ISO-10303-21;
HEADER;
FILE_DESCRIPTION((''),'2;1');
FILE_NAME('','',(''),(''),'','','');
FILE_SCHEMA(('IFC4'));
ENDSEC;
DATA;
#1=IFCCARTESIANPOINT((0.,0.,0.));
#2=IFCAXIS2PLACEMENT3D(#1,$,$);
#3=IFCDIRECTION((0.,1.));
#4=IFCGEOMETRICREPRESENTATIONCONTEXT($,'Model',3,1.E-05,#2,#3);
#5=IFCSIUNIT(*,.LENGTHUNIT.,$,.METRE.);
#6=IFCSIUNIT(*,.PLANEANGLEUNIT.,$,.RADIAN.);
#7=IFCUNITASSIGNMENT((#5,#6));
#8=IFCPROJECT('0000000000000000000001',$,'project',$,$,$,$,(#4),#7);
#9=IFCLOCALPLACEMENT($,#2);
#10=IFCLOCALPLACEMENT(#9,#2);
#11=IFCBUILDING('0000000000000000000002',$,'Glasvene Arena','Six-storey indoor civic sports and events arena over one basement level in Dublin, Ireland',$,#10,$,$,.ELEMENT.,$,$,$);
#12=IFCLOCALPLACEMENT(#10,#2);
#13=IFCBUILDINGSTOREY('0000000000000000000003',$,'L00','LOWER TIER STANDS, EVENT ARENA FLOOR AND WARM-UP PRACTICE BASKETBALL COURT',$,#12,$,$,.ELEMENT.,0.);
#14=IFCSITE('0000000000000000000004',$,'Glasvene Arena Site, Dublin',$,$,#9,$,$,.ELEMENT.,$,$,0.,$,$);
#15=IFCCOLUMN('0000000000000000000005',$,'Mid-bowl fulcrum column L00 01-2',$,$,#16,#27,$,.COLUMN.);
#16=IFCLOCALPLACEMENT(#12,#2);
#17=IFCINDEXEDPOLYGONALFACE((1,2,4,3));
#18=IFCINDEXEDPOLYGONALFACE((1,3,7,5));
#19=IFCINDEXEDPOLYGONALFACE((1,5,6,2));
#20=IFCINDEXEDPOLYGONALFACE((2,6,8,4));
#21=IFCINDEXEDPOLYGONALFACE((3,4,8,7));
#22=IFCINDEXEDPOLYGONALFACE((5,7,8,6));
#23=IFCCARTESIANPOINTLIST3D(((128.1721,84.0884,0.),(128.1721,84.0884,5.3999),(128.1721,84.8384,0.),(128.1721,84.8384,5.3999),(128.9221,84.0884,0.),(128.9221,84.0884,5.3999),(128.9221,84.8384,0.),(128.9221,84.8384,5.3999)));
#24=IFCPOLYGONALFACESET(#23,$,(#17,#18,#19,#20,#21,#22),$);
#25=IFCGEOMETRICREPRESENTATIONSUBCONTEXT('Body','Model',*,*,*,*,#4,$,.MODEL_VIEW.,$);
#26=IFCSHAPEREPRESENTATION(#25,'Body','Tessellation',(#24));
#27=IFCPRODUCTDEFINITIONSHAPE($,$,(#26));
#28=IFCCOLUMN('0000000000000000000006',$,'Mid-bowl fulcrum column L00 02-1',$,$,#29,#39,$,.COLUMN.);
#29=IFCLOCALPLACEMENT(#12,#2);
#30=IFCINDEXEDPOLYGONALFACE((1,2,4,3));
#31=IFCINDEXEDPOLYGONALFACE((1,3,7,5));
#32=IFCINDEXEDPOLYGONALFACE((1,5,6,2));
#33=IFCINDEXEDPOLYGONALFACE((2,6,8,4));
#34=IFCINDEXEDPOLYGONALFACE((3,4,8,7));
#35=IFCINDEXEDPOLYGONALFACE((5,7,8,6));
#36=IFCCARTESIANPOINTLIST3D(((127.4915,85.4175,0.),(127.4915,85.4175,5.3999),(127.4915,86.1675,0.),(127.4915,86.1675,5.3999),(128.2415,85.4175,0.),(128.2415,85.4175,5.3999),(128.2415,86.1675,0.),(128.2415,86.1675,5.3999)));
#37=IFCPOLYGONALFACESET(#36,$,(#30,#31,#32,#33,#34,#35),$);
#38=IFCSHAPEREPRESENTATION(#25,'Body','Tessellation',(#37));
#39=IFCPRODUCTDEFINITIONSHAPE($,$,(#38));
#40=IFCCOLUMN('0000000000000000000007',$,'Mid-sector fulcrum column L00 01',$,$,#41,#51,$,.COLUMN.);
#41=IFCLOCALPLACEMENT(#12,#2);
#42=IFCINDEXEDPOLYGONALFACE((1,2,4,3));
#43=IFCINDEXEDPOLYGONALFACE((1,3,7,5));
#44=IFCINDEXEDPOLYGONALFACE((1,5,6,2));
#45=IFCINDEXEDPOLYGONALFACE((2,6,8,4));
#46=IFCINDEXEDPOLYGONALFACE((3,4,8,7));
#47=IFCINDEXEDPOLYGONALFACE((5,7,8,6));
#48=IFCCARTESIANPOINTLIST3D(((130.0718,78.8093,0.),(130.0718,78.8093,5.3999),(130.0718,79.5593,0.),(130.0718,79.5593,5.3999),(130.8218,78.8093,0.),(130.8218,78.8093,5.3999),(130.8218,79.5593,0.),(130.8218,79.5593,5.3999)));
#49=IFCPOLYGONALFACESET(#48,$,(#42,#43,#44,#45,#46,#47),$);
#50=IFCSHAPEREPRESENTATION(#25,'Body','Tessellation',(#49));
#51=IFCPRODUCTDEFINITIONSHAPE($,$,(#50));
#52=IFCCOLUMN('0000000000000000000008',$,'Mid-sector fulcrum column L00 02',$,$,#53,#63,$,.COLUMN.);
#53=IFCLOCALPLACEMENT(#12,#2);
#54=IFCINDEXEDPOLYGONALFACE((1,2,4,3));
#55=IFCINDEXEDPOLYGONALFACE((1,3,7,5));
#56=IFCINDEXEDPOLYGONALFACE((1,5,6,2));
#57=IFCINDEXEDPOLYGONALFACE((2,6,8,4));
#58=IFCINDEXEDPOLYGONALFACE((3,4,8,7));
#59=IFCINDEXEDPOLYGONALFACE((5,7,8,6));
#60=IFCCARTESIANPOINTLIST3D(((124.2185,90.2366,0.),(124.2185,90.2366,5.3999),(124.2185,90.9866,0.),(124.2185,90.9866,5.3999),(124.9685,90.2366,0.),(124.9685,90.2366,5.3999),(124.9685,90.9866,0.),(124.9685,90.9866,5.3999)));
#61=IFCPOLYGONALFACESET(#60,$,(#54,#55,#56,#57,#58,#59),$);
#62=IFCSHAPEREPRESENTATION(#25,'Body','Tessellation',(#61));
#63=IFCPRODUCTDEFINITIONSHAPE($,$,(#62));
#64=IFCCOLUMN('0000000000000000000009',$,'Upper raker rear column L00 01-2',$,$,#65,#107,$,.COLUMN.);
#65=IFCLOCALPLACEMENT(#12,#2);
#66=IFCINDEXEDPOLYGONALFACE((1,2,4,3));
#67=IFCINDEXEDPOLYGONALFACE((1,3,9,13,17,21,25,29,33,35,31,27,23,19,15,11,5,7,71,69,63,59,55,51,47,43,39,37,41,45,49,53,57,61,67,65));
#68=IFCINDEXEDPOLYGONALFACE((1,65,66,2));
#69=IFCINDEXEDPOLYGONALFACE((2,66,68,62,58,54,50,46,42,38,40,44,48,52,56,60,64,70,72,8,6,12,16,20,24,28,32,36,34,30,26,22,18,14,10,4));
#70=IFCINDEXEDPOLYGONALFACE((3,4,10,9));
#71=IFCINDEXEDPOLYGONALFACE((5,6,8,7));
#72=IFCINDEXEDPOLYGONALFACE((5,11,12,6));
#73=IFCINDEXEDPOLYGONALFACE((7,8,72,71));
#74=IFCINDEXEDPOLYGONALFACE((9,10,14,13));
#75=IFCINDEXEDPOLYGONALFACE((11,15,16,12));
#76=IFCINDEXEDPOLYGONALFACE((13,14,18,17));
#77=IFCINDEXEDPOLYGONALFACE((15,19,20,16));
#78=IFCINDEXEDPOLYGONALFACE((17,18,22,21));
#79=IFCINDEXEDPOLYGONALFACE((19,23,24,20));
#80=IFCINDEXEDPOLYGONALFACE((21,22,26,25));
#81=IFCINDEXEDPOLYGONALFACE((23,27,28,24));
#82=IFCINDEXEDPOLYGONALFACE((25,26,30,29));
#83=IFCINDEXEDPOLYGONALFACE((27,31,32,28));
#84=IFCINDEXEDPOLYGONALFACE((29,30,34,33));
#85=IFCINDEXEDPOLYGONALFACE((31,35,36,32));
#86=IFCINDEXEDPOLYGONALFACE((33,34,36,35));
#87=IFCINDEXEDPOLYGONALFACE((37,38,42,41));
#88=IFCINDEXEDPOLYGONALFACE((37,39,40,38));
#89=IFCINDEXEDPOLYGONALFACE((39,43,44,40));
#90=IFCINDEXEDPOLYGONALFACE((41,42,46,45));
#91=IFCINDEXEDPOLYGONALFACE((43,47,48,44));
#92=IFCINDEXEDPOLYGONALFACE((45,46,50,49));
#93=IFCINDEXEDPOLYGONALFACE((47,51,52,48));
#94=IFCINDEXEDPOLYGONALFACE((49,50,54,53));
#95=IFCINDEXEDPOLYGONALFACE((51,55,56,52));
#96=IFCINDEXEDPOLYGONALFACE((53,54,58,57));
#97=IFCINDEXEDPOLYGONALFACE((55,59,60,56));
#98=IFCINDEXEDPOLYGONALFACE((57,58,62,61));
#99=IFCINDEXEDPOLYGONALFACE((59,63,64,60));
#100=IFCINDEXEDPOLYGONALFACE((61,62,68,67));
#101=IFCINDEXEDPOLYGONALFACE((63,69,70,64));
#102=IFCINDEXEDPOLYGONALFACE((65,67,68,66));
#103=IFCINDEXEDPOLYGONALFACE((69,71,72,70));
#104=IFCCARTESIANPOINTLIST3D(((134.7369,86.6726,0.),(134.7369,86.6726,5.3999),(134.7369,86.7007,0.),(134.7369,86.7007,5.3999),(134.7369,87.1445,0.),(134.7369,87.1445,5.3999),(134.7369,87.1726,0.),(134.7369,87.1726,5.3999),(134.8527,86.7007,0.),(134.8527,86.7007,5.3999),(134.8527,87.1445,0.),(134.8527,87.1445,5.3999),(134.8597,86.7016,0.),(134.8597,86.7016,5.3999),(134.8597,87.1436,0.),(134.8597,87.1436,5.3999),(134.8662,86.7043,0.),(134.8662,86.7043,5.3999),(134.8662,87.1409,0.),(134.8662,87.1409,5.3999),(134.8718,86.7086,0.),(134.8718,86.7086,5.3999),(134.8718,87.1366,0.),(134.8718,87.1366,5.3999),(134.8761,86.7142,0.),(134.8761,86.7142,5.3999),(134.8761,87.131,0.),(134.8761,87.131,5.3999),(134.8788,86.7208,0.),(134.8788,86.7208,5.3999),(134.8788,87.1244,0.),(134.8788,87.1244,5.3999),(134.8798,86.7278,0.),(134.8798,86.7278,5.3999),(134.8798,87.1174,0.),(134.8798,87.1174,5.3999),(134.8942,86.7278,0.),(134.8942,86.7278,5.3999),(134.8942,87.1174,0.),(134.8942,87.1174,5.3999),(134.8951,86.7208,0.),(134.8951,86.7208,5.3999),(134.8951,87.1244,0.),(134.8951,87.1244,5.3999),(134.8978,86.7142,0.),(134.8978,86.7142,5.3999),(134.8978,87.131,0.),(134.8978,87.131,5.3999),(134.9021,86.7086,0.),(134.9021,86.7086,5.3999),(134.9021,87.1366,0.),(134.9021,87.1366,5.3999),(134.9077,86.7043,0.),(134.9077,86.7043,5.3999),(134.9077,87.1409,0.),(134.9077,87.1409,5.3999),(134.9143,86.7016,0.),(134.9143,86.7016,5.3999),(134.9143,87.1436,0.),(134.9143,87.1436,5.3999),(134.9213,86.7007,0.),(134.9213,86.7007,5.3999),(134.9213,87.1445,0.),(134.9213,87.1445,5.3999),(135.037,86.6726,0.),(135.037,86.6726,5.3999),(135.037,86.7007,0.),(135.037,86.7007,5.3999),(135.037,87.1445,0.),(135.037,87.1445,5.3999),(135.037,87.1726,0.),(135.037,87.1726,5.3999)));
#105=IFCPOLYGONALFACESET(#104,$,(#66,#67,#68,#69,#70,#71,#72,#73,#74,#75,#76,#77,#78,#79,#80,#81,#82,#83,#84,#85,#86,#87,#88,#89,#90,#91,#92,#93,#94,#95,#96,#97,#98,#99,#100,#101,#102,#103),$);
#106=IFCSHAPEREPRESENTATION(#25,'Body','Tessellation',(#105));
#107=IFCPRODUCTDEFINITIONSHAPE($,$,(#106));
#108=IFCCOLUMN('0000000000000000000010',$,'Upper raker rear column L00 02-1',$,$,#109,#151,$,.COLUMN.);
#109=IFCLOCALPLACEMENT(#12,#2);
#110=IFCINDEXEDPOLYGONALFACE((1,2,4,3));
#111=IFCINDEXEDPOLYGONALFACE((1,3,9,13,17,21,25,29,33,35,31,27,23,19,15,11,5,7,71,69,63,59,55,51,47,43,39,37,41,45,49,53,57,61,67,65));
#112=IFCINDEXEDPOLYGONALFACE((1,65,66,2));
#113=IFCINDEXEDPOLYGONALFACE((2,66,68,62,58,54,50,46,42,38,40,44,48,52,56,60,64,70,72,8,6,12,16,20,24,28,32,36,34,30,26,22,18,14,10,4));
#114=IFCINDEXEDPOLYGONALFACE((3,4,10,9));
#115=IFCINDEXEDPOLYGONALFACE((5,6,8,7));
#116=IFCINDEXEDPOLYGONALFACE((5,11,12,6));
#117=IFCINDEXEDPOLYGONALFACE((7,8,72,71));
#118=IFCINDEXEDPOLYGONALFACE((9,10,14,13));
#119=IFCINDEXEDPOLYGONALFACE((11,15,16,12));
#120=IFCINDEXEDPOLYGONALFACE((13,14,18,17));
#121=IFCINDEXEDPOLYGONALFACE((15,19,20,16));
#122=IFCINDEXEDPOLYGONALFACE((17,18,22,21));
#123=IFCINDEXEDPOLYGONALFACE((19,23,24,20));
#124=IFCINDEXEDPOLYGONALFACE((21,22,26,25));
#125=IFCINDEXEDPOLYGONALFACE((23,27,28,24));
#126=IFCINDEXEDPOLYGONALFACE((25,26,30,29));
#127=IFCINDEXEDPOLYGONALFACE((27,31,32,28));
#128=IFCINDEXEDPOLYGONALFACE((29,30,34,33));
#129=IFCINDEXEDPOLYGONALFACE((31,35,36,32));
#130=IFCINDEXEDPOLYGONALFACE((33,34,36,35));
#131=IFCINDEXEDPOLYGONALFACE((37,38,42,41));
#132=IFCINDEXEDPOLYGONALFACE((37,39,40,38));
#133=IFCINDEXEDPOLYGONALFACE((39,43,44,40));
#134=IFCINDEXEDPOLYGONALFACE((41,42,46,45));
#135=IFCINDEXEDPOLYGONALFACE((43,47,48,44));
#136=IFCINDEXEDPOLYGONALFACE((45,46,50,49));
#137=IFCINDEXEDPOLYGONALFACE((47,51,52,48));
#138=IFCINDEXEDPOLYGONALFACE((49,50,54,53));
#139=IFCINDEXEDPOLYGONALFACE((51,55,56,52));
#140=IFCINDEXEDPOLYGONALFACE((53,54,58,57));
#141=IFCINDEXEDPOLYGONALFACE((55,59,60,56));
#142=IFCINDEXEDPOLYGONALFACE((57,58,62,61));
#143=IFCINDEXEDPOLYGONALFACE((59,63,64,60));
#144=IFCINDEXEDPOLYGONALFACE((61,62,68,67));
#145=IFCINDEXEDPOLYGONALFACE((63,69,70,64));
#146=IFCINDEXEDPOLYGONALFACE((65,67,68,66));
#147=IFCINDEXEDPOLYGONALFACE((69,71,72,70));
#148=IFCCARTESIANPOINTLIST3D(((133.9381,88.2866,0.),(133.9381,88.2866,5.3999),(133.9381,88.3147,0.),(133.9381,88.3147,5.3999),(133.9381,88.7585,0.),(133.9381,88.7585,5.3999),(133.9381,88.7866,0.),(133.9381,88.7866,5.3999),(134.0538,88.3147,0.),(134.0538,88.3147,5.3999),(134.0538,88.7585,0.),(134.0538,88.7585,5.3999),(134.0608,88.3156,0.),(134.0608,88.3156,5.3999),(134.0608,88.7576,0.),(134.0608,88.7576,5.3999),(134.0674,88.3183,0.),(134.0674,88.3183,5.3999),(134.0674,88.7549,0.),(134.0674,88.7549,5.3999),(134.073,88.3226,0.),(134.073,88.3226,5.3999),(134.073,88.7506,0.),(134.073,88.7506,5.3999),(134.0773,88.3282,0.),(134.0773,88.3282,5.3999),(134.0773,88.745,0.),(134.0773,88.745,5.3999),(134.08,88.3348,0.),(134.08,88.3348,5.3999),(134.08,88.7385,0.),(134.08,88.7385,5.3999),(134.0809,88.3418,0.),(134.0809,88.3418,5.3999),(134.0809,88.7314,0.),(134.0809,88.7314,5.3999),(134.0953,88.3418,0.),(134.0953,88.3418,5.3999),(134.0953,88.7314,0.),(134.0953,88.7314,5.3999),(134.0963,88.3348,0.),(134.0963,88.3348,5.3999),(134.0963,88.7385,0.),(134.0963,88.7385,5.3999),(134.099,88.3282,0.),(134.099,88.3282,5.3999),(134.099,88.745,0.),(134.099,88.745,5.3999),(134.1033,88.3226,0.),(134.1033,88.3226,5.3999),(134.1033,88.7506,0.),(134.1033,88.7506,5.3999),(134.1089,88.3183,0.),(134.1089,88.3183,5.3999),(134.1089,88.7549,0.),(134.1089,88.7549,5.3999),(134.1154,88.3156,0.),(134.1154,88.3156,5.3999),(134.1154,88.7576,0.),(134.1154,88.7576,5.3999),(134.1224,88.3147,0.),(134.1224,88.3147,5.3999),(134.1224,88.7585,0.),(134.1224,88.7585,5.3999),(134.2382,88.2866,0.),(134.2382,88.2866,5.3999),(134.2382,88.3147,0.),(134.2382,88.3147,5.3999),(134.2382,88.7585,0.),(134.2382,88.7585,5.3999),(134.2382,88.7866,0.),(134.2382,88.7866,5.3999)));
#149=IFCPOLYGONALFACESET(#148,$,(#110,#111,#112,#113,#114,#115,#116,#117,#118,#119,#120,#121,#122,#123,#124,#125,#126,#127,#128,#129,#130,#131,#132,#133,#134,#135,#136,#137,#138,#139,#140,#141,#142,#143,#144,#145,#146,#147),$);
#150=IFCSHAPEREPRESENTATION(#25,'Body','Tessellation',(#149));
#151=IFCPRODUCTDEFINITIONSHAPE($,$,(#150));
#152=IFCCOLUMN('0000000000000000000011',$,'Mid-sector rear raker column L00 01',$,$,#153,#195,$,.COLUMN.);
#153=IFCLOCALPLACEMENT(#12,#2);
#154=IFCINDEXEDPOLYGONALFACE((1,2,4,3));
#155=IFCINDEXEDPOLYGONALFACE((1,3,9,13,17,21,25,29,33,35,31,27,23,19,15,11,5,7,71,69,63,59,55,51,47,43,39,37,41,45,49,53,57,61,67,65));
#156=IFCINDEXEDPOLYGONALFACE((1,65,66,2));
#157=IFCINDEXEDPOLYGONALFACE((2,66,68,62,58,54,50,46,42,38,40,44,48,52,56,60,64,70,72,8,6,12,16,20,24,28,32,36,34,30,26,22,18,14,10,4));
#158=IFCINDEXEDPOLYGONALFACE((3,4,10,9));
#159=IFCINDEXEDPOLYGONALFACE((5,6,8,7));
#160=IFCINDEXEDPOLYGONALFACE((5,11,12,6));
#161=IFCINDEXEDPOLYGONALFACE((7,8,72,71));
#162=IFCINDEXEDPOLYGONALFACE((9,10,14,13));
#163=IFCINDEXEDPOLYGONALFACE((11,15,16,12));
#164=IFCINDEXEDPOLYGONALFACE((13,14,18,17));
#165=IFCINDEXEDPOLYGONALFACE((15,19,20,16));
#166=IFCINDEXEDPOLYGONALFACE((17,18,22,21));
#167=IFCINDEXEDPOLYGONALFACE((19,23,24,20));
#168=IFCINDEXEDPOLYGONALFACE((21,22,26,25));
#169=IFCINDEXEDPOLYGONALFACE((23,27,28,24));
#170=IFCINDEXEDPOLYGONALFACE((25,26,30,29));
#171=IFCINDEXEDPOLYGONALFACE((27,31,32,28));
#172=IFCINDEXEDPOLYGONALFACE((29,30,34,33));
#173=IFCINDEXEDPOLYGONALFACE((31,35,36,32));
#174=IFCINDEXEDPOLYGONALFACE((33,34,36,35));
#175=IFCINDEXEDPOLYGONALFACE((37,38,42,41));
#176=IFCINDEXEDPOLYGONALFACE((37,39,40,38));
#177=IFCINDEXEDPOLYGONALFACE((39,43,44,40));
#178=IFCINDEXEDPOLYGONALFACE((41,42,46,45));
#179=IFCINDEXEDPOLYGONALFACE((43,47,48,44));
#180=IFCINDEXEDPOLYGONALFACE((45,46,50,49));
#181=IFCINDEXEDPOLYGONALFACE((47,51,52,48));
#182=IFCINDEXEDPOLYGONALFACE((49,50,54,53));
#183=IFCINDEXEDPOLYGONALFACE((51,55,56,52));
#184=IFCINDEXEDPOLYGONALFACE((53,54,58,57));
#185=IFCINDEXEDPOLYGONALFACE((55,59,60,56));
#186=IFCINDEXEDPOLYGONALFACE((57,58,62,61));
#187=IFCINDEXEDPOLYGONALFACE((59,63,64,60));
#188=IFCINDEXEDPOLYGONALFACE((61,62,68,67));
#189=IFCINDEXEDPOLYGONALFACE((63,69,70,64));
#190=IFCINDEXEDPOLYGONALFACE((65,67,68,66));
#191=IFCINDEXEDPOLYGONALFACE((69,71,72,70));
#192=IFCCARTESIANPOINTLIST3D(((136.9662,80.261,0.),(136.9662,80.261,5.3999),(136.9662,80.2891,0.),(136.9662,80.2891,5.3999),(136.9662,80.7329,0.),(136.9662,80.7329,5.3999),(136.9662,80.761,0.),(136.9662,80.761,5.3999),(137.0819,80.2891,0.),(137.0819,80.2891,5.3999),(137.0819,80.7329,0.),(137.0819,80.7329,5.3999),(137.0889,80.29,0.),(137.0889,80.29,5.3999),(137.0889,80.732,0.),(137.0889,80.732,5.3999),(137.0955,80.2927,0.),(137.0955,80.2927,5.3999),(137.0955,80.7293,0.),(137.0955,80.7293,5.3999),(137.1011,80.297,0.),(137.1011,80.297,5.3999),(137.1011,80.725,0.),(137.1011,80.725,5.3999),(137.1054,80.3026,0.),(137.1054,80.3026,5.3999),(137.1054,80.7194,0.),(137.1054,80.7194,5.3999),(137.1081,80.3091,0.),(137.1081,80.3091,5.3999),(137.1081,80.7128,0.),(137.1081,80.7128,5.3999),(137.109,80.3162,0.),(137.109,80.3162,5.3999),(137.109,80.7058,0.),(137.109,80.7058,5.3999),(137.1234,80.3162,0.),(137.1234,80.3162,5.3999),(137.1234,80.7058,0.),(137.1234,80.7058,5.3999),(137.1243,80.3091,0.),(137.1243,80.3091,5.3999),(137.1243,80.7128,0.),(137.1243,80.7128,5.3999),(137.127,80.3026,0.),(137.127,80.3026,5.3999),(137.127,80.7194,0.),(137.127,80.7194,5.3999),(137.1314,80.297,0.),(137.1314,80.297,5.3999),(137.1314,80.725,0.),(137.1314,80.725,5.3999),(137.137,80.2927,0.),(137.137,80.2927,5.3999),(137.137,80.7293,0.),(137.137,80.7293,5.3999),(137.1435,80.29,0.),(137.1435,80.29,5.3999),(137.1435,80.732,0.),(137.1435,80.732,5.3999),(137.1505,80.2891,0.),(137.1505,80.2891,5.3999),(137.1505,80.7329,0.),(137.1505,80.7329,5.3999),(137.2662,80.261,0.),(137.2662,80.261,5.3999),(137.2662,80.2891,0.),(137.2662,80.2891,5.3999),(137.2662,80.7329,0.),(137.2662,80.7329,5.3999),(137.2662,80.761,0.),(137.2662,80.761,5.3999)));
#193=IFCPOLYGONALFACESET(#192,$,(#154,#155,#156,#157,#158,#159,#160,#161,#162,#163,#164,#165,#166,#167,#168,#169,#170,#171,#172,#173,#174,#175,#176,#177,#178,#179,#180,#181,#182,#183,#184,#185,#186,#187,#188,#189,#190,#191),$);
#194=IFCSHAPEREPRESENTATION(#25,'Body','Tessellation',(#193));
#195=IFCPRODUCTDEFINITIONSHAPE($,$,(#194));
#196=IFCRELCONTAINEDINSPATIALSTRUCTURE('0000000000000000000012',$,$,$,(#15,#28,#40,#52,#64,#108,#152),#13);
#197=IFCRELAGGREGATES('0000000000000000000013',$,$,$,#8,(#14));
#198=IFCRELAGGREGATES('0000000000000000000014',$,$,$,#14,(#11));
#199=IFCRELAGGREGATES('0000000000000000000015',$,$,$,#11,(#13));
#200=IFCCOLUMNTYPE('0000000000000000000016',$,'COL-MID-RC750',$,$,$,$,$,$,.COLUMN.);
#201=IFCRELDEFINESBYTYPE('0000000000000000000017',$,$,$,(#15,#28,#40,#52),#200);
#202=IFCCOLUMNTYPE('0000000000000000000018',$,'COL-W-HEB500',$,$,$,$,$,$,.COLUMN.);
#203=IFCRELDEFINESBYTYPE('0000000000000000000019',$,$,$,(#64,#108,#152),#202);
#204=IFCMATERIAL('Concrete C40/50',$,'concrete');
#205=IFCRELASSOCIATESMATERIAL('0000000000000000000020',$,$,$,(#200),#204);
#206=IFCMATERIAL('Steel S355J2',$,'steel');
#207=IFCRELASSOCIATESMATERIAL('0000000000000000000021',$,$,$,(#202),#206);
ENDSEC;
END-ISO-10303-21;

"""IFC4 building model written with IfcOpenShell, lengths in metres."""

from ifc_helpers import new_model, si_unit, direction, frame, origin, origin_2d, place, context, subcontext, project, spatial, rectangle, i_section, extrude, material, material_profile, profile_set, type_object, element, save


model = new_model("IFC4")

# Units and contexts
model_context = context("Model", 3, precision=1e-05, world=origin(), true_north=direction((0.0, 1.0)))
body_context = subcontext(model_context, "Body", "Model", "MODEL_VIEW")
ifc_project = project(units=[si_unit("LENGTHUNIT", "METRE"), si_unit("PLANEANGLEUNIT", "RADIAN")], contexts=[model_context])

# Site, building, storey
site_placement = place(None, origin())
site = spatial("IfcSite", under=ifc_project, at=site_placement, Name="Glasvene Arena Site, Dublin", CompositionType="ELEMENT", RefElevation=0.0)
building_placement = place(site_placement, origin())
building = spatial("IfcBuilding", under=site, at=building_placement, Name="Glasvene Arena", Description="Six-storey indoor civic sports and events arena over one basement level in Dublin, Ireland", CompositionType="ELEMENT")
storey_placement = place(building_placement, origin())
storey = spatial("IfcBuildingStorey", under=building, at=storey_placement, Name="L00", Description="LOWER TIER STANDS, EVENT ARENA FLOOR AND WARM-UP PRACTICE BASKETBALL COURT", CompositionType="ELEMENT", Elevation=0.0)

# Columns
ifc_material_1 = material(Name="Concrete C40/50", Category="concrete")
ifc_material_profile_1 = material_profile(ifc_material_1, rectangle(XDim=0.75, YDim=0.75, at=origin_2d()), Name="RC 750x750")
ifc_profile_set_1 = profile_set([ifc_material_profile_1], Name="Concrete C40/50")
column_type_1 = type_object("IfcColumnType", Name="COL-MID-RC750", PredefinedType="COLUMN", material=ifc_profile_set_1)
for number, where, z_axis, x_axis, name in (
    (1, (128.5471, 84.4634, 0.0), (0.0, 0.0, 1.0), (1.0, 0.0, 0.0), "Mid-bowl fulcrum column L00 01-2"),
    (2, (127.8665, 85.7925, 0.0), (0.0, 0.0, 1.0), (1.0, 0.0, 0.0), "Mid-bowl fulcrum column L00 02-1"),
    (3, (130.4468, 79.1843, 0.0), (0.0, 0.0, 1.0), (1.0, 0.0, 0.0), "Mid-sector fulcrum column L00 01"),
    (4, (124.5935, 90.6116, 0.0), (0.0, 0.0, 1.0), (1.0, 0.0, 0.0), "Mid-sector fulcrum column L00 02"),
):
    element("IfcColumn", number, at=place(storey_placement, frame(where, z_axis=z_axis, x_axis=x_axis)), inside=storey, type_object=column_type_1, Name=name, PredefinedType="COLUMN", context=body_context, shape_type="SweptSolid", body=[
        extrude(rectangle(XDim=0.75, YDim=0.75, at=origin_2d()), origin(), (0.0, 0.0, 1.0), 5.3999),
    ])
ifc_material_2 = material(Name="Steel S355J2", Category="steel")
ifc_material_profile_2 = material_profile(ifc_material_2, i_section(OverallWidth=0.3, OverallDepth=0.5, WebThickness=0.0144, FlangeThickness=0.0281, FilletRadius=0.0271, at=origin_2d()), Name="HEB 500")
ifc_profile_set_2 = profile_set([ifc_material_profile_2], Name="Steel S355J2")
column_type_2 = type_object("IfcColumnType", Name="COL-W-HEB500", PredefinedType="COLUMN", material=ifc_profile_set_2)
for number, where, z_axis, x_axis, name in (
    (5, (134.887, 86.9226, 0.0), (0.0, 0.0, 1.0), (1.0, 0.0, 0.0), "Upper raker rear column L00 01-2"),
    (6, (134.0881, 88.5366, 0.0), (0.0, 0.0, 1.0), (1.0, 0.0, 0.0), "Upper raker rear column L00 02-1"),
    (7, (137.1162, 80.511, 0.0), (0.0, 0.0, 1.0), (1.0, 0.0, 0.0), "Mid-sector rear raker column L00 01"),
):
    element("IfcColumn", number, at=place(storey_placement, frame(where, z_axis=z_axis, x_axis=x_axis)), inside=storey, type_object=column_type_2, Name=name, PredefinedType="COLUMN", context=body_context, shape_type="SweptSolid", body=[
        extrude(i_section(OverallWidth=0.3, OverallDepth=0.5, WebThickness=0.0144, FlangeThickness=0.0281, FilletRadius=0.0271, at=origin_2d()), origin(), (0.0, 0.0, 1.0), 5.3999),
    ])

save(model, "model.ifc")
